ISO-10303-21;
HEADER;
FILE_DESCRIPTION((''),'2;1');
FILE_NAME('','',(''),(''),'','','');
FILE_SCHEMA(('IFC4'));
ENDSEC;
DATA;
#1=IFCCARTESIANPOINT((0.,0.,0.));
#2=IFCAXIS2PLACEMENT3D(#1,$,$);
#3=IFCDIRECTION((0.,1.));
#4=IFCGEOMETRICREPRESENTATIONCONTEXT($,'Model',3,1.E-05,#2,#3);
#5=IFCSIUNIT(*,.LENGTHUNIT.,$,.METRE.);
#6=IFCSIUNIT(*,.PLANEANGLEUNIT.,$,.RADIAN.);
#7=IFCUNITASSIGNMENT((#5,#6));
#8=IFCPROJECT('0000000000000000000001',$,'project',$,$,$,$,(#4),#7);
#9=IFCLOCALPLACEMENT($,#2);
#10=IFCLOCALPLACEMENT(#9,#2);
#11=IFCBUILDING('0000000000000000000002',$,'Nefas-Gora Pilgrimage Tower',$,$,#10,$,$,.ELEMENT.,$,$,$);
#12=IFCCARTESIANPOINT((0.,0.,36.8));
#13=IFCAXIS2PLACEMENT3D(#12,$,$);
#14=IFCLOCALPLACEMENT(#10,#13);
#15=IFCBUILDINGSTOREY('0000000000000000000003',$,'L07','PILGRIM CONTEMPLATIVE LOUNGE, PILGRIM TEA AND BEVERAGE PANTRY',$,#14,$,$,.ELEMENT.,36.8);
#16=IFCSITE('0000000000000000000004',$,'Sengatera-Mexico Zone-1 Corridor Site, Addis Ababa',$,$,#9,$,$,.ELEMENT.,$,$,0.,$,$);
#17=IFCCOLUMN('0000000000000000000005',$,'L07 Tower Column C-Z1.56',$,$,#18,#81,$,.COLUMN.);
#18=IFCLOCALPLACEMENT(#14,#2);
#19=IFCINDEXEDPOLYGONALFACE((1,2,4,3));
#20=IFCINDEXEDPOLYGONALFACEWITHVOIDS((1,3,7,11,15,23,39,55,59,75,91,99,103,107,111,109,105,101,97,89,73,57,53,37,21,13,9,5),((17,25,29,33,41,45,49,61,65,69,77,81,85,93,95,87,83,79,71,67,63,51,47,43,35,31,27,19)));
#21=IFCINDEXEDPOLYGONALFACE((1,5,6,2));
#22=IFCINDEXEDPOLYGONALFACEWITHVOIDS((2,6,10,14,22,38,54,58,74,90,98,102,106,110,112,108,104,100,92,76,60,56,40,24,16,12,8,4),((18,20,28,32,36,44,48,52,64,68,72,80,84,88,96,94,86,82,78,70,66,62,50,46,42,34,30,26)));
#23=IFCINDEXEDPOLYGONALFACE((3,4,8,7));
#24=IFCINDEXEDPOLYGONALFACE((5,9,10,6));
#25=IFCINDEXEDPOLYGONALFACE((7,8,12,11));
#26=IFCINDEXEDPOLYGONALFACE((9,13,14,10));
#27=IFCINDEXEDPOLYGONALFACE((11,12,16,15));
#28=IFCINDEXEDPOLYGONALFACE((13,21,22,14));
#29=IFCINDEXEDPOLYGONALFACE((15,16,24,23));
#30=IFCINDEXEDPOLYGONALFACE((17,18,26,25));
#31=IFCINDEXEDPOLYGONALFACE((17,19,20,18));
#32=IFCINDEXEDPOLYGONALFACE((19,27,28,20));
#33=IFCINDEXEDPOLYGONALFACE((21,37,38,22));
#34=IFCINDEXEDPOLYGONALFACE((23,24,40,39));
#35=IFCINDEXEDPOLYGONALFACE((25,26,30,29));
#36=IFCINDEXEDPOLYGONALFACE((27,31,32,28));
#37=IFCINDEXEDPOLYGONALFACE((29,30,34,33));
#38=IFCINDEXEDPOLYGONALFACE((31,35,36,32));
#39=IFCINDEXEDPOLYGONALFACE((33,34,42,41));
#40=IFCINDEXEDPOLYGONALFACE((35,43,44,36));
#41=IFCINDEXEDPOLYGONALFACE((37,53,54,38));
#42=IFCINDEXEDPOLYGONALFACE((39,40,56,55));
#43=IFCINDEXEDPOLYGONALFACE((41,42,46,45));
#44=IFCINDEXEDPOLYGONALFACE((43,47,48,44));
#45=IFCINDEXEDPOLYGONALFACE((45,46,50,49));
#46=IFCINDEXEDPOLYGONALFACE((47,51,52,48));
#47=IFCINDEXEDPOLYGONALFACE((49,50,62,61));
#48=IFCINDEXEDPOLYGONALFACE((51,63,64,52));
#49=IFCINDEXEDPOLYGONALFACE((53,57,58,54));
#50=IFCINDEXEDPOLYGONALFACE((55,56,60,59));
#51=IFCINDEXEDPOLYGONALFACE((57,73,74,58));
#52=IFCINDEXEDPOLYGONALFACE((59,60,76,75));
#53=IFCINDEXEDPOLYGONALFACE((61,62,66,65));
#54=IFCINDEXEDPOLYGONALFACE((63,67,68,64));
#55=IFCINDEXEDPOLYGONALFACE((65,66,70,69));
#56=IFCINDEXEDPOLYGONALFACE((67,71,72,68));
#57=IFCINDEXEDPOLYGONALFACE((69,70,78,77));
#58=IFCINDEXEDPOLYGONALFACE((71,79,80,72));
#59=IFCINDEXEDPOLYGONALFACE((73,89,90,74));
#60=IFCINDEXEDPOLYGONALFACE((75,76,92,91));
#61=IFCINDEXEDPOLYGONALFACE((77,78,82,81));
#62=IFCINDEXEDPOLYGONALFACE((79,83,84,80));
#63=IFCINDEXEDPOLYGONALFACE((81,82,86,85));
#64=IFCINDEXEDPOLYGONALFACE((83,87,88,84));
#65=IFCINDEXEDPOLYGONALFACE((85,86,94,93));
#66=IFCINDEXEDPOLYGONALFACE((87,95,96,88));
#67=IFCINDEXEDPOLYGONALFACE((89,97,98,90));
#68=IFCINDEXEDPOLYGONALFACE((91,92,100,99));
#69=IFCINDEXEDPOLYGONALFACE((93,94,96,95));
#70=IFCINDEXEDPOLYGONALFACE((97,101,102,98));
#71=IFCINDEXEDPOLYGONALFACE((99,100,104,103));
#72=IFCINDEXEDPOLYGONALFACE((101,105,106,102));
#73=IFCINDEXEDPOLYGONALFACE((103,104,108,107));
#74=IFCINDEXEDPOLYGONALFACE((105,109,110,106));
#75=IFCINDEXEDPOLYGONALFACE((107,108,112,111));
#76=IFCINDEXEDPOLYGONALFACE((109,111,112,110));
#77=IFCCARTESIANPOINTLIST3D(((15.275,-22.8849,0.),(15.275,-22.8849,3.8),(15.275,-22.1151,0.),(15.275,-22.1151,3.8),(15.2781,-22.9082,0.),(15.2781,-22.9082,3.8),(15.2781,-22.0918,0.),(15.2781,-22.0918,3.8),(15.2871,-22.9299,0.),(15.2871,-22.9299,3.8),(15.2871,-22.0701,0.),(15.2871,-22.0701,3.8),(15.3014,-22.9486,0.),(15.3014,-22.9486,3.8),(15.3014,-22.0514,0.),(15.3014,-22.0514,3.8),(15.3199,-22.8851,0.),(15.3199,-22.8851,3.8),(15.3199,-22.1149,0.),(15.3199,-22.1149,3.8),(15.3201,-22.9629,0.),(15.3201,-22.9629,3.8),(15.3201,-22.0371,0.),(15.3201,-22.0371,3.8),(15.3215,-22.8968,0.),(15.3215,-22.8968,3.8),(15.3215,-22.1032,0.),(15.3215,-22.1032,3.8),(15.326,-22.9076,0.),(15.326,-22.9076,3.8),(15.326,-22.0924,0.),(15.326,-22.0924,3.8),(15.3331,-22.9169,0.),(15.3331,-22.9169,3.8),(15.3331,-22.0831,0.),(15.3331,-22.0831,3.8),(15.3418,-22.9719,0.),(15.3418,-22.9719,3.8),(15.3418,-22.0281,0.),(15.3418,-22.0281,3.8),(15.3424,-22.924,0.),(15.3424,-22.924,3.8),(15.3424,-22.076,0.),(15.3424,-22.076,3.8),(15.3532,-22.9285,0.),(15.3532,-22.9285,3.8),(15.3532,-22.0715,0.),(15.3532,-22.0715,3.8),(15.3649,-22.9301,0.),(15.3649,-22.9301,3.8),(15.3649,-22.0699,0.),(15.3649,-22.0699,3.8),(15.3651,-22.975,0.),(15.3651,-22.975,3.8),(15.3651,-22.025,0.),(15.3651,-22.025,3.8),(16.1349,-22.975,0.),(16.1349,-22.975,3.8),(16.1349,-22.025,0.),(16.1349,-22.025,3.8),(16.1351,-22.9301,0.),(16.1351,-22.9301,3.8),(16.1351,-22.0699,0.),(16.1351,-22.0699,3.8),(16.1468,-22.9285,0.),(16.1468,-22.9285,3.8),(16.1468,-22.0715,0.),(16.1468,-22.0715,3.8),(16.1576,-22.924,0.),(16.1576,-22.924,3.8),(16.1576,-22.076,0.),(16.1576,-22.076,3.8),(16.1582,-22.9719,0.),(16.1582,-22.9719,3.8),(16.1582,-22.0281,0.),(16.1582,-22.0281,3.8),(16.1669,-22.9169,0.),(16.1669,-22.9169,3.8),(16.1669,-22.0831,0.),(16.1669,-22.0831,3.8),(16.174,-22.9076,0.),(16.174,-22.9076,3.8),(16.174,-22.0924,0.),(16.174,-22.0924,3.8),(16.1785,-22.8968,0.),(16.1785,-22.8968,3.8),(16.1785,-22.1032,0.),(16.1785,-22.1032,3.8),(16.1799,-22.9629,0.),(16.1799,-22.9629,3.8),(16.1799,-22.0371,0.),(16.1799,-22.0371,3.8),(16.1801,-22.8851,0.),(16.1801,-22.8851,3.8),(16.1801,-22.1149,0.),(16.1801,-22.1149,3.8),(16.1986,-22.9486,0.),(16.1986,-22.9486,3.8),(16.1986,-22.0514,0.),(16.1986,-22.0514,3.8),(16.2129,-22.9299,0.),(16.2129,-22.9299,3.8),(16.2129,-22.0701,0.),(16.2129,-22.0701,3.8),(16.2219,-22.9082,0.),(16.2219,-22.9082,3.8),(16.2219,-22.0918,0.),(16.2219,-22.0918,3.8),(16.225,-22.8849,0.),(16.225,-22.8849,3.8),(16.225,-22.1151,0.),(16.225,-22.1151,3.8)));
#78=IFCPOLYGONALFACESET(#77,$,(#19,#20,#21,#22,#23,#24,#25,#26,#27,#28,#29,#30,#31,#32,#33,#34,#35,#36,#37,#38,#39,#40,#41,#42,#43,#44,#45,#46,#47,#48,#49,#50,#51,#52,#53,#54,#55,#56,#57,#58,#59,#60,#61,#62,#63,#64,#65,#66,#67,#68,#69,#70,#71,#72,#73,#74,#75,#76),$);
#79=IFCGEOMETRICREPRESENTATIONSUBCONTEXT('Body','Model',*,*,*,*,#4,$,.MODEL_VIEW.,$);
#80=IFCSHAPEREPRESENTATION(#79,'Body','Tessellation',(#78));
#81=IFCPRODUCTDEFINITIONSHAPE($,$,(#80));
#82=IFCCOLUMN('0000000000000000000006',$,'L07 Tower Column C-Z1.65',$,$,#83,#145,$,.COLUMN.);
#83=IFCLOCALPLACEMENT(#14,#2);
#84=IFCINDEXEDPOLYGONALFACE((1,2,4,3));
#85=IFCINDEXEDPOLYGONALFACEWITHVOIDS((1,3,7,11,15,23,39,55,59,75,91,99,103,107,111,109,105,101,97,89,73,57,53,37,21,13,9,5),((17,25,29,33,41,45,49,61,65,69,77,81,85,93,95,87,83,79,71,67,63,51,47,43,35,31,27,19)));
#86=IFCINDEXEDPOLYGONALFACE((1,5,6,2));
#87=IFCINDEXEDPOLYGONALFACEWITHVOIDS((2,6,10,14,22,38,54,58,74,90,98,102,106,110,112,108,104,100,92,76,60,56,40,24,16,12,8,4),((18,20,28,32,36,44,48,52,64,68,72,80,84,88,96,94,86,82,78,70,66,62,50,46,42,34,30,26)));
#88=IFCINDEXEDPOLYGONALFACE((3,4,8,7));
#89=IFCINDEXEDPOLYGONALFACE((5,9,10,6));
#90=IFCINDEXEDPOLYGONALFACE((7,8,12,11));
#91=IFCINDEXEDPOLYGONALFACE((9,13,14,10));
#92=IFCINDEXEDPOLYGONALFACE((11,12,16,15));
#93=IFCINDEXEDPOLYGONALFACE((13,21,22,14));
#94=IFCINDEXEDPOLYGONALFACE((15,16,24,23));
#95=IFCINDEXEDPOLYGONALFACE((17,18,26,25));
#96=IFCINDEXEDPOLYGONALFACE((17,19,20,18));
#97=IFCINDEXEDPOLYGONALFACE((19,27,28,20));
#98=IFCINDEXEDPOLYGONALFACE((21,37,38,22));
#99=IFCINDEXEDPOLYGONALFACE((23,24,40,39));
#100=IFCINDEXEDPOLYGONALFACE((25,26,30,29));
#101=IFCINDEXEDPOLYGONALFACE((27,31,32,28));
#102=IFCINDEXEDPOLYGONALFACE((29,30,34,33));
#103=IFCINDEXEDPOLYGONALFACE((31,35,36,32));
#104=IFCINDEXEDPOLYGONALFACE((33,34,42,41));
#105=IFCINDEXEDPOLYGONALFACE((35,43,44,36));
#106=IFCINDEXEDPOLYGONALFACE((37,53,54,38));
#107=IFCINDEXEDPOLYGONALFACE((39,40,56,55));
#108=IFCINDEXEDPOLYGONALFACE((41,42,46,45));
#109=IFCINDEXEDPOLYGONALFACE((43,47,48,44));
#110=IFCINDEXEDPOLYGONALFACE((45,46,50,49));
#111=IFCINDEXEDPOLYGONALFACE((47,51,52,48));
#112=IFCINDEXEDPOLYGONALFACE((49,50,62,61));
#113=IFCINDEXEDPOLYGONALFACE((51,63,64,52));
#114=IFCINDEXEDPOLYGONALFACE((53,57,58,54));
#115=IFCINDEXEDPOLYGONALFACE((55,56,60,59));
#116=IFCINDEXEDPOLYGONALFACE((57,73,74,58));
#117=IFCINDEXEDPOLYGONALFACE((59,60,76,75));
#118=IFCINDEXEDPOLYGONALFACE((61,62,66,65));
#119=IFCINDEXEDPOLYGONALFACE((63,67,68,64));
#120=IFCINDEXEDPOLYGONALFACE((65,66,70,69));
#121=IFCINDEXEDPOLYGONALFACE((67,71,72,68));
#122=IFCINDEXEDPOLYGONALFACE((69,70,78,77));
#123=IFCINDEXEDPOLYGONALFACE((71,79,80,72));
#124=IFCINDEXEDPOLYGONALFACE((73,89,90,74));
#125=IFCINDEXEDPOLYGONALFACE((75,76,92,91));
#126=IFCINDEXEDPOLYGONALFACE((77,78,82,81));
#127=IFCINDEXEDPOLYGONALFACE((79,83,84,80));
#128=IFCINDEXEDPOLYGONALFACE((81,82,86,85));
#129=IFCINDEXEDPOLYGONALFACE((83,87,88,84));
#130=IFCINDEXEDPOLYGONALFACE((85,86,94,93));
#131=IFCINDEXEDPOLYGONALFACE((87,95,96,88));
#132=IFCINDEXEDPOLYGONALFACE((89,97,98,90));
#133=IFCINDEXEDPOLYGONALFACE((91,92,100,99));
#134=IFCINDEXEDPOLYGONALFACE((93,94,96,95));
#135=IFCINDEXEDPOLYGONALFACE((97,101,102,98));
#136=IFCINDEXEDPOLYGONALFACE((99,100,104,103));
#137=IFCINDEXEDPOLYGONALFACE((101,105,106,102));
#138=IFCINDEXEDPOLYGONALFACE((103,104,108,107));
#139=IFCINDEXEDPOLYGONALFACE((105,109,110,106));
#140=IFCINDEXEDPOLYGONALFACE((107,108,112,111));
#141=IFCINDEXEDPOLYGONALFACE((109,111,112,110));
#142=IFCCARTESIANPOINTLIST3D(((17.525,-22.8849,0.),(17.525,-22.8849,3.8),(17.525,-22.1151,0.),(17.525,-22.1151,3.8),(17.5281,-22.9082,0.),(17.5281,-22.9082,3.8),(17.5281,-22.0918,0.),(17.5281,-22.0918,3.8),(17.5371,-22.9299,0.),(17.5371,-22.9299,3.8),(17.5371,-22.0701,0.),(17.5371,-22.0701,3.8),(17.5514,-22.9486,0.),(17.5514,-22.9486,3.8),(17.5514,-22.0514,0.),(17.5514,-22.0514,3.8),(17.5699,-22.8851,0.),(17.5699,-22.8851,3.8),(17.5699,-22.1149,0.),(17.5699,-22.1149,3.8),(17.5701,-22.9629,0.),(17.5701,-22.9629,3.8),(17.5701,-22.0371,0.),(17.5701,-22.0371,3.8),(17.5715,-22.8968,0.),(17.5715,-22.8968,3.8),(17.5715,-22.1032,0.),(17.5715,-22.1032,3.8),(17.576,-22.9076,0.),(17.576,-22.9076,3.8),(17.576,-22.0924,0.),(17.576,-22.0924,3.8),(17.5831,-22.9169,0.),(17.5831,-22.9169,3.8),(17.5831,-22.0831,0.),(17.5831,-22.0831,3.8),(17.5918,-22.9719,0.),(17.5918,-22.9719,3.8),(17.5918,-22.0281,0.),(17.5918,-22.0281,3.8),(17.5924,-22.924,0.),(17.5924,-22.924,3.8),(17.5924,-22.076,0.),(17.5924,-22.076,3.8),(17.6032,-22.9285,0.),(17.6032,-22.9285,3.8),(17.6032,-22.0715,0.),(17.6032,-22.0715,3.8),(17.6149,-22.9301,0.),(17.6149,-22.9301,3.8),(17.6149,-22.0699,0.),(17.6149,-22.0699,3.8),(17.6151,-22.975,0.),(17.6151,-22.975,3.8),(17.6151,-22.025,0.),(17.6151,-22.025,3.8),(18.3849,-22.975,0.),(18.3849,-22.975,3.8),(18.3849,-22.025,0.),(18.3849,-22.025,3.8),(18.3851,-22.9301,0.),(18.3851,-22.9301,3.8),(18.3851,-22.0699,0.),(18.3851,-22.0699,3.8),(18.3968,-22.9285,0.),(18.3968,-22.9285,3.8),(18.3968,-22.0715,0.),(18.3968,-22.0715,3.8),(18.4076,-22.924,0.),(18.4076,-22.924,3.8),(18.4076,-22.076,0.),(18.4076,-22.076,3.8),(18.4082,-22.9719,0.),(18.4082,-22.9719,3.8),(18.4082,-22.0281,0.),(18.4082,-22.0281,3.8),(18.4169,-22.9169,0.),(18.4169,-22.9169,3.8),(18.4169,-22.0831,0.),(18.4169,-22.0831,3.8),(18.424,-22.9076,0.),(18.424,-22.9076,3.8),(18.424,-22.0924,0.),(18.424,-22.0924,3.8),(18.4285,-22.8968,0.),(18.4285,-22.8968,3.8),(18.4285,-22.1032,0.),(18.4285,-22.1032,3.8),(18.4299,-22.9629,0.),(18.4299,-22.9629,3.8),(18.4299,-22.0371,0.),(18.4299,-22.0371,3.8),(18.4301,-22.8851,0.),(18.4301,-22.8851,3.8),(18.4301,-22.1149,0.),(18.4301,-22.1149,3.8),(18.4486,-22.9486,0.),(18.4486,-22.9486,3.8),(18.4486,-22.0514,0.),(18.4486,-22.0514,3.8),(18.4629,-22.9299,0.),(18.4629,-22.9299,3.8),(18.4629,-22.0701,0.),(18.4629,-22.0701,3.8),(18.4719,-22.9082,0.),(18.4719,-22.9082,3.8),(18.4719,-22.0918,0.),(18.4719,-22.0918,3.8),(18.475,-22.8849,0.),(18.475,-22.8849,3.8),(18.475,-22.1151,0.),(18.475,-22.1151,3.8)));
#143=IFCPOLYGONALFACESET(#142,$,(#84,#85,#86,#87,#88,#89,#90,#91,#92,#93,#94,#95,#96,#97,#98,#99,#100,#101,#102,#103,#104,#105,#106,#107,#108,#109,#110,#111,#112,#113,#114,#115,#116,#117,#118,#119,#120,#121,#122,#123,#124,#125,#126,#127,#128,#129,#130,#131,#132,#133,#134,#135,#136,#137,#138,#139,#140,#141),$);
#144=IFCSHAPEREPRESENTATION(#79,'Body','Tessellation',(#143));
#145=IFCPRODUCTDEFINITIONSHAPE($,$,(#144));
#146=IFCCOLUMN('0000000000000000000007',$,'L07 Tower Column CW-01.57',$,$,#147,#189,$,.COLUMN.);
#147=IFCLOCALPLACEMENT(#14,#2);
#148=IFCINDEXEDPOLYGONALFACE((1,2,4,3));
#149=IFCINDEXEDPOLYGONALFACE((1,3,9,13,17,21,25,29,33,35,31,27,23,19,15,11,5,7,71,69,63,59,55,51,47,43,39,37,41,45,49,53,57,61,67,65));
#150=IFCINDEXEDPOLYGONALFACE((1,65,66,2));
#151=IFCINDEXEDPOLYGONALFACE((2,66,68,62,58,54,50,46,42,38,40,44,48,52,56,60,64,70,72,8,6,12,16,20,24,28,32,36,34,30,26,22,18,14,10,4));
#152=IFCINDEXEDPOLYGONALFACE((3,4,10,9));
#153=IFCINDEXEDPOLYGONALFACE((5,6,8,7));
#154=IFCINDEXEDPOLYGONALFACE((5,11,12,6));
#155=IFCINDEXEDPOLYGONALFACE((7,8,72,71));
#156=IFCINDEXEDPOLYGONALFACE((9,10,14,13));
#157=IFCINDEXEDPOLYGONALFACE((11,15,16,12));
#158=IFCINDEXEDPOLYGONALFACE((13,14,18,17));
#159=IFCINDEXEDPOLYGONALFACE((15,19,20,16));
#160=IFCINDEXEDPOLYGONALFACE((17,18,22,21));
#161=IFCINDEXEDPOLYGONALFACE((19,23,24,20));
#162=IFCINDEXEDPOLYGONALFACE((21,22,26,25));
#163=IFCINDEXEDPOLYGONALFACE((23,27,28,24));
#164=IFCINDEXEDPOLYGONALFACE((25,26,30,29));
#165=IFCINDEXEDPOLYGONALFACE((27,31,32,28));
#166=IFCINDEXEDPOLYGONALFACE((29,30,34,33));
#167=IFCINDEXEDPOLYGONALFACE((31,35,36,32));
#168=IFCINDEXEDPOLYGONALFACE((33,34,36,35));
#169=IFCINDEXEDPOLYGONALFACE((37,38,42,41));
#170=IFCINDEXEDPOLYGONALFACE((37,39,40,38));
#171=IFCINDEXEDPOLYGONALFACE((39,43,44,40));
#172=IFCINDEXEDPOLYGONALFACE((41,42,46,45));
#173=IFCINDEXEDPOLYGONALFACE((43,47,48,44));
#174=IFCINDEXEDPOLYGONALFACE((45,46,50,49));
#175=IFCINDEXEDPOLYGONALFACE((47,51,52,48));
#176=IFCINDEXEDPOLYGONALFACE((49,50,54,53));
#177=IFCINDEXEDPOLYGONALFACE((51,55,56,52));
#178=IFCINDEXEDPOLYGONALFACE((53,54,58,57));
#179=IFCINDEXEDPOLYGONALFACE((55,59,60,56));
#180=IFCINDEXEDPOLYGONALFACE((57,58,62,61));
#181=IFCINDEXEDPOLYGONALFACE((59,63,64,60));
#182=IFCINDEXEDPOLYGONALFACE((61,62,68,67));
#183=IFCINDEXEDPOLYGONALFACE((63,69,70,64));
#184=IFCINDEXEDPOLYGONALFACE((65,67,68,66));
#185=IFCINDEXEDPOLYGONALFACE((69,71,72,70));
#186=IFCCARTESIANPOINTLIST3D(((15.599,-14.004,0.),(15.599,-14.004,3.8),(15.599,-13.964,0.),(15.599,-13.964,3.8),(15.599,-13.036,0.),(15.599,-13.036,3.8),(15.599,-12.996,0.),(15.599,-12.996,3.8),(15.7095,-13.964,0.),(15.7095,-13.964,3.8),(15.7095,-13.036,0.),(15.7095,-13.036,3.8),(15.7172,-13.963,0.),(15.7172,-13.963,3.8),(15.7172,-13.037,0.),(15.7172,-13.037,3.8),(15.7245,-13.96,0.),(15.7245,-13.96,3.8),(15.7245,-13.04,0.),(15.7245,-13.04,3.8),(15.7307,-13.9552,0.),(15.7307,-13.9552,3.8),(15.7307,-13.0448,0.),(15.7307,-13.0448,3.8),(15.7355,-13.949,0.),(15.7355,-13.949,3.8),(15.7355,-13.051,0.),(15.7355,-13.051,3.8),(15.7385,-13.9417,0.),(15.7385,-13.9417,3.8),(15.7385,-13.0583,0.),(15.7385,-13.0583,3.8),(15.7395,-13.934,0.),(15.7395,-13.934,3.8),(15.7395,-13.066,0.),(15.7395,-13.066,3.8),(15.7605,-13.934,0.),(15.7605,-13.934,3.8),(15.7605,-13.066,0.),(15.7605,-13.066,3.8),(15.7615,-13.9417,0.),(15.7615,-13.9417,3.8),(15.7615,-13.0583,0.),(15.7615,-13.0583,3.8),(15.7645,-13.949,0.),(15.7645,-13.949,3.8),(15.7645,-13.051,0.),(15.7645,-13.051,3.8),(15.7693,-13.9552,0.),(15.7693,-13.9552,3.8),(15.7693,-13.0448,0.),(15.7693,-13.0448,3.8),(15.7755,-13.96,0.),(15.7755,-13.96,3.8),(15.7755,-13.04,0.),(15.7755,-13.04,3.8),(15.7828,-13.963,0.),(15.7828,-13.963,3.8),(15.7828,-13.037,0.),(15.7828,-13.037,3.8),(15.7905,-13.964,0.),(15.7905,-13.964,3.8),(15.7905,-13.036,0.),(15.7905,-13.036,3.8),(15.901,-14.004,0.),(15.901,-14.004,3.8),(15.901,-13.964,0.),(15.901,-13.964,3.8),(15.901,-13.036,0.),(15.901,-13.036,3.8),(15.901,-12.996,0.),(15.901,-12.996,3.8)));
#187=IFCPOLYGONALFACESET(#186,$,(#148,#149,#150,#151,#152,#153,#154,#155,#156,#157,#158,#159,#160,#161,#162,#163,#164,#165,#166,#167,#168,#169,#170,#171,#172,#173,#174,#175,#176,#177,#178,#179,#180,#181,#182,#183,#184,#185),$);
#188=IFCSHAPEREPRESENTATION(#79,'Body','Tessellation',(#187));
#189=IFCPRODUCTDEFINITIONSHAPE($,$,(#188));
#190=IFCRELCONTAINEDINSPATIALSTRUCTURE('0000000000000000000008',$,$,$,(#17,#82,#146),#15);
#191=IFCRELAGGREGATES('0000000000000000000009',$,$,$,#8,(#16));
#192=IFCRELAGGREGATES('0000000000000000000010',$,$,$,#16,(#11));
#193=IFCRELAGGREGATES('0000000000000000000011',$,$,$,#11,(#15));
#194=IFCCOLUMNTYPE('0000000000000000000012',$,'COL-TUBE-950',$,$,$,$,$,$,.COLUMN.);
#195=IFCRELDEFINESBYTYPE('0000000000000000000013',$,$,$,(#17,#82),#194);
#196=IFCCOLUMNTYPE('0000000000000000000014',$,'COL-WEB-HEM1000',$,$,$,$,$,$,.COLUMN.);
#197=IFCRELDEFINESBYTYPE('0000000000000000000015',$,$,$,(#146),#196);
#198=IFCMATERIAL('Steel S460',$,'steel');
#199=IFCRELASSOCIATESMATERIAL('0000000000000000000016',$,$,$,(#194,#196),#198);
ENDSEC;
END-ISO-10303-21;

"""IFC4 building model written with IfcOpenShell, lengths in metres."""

from ifc_helpers import new_model, si_unit, direction, frame, origin, origin_2d, place, context, subcontext, project, spatial, hollow_rectangle, i_section, extrude, source, transform, mapped, material, material_profile, profile_set, type_object, element, save


model = new_model("IFC4")

# Units and contexts
model_context = context("Model", 3, precision=1e-05, world=origin(), true_north=direction((0.0, 1.0)))
body_context = subcontext(model_context, "Body", "Model", "MODEL_VIEW")
ifc_project = project(units=[si_unit("LENGTHUNIT", "METRE"), si_unit("PLANEANGLEUNIT", "RADIAN")], contexts=[model_context])

# Site, building, storey
site_placement = place(None, origin())
site = spatial("IfcSite", under=ifc_project, at=site_placement, Name="Sengatera-Mexico Zone-1 Corridor Site, Addis Ababa", CompositionType="ELEMENT", RefElevation=0.0)
building_placement = place(site_placement, origin())
building = spatial("IfcBuilding", under=site, at=building_placement, Name="Nefas-Gora Pilgrimage Tower", CompositionType="ELEMENT")
storey_placement = place(building_placement, frame((0.0, 0.0, 36.8)))
storey = spatial("IfcBuildingStorey", under=building, at=storey_placement, Name="L07", Description="PILGRIM CONTEMPLATIVE LOUNGE, PILGRIM TEA AND BEVERAGE PANTRY", CompositionType="ELEMENT", Elevation=36.8)

# Columns
ifc_material_1 = material(Name="Steel S460", Category="steel")
ifc_material_profile_1 = material_profile(ifc_material_1, hollow_rectangle(XDim=0.95, YDim=0.95, WallThickness=0.0449, InnerFilletRadius=0.0449, OuterFilletRadius=0.0901, at=origin_2d()), Name="BOX 950x950x45")
ifc_profile_set_1 = profile_set([ifc_material_profile_1], Name="Steel S460")
column_type_1 = type_object("IfcColumnType", Name="COL-TUBE-950", PredefinedType="COLUMN", material=ifc_profile_set_1)
shared_shape_1 = source(origin(), body_context, "Body", "SweptSolid", [
    extrude(hollow_rectangle(XDim=0.95, YDim=0.95, WallThickness=0.0449, InnerFilletRadius=0.0449, OuterFilletRadius=0.0901, at=origin_2d()), origin(), (0.0, 0.0, 1.0), 3.8),
])
for number, where, z_axis, x_axis, name in (
    (1, (15.75, -22.5, 0.0), (0.0, 0.0, 1.0), (1.0, 0.0, 0.0), "L07 Tower Column C-Z1.56"),
    (2, (18.0, -22.5, 0.0), (0.0, 0.0, 1.0), (1.0, 0.0, 0.0), "L07 Tower Column C-Z1.65"),
):
    element("IfcColumn", number, at=place(storey_placement, frame(where, z_axis=z_axis, x_axis=x_axis)), inside=storey, type_object=column_type_1, Name=name, PredefinedType="COLUMN", context=body_context, shape_type="MappedRepresentation", body=[
        mapped(shared_shape_1, transform((0.0, 0.0, 0.0), x_axis=(1.0, 0.0, 0.0), y_axis=(0.0, 1.0, 0.0), z_axis=(0.0, 0.0, 1.0), scale=1.0)),
    ])
ifc_material_profile_2 = material_profile(ifc_material_1, i_section(OverallWidth=0.302, OverallDepth=1.0081, WebThickness=0.021, FlangeThickness=0.04, FilletRadius=0.03, at=origin_2d()), Name="HEM 1000")
ifc_profile_set_2 = profile_set([ifc_material_profile_2], Name="Steel S460")
column_type_2 = type_object("IfcColumnType", Name="COL-WEB-HEM1000", PredefinedType="COLUMN", material=ifc_profile_set_2)
shared_shape_2 = source(origin(), body_context, "Body", "SweptSolid", [
    extrude(i_section(OverallWidth=0.302, OverallDepth=1.0081, WebThickness=0.021, FlangeThickness=0.04, FilletRadius=0.03, at=origin_2d()), origin(), (0.0, 0.0, 1.0), 3.8),
])
for number, where, z_axis, x_axis, name in (
    (3, (15.75, -13.5, 0.0), (0.0, 0.0, 1.0), (1.0, 0.0, 0.0), "L07 Tower Column CW-01.57"),
):
    element("IfcColumn", number, at=place(storey_placement, frame(where, z_axis=z_axis, x_axis=x_axis)), inside=storey, type_object=column_type_2, Name=name, PredefinedType="COLUMN", context=body_context, shape_type="MappedRepresentation", body=[
        mapped(shared_shape_2, transform((0.0, 0.0, 0.0), x_axis=(1.0, 0.0, 0.0), y_axis=(0.0, 1.0, 0.0), z_axis=(0.0, 0.0, 1.0), scale=1.0)),
    ])

save(model, "model.ifc")
